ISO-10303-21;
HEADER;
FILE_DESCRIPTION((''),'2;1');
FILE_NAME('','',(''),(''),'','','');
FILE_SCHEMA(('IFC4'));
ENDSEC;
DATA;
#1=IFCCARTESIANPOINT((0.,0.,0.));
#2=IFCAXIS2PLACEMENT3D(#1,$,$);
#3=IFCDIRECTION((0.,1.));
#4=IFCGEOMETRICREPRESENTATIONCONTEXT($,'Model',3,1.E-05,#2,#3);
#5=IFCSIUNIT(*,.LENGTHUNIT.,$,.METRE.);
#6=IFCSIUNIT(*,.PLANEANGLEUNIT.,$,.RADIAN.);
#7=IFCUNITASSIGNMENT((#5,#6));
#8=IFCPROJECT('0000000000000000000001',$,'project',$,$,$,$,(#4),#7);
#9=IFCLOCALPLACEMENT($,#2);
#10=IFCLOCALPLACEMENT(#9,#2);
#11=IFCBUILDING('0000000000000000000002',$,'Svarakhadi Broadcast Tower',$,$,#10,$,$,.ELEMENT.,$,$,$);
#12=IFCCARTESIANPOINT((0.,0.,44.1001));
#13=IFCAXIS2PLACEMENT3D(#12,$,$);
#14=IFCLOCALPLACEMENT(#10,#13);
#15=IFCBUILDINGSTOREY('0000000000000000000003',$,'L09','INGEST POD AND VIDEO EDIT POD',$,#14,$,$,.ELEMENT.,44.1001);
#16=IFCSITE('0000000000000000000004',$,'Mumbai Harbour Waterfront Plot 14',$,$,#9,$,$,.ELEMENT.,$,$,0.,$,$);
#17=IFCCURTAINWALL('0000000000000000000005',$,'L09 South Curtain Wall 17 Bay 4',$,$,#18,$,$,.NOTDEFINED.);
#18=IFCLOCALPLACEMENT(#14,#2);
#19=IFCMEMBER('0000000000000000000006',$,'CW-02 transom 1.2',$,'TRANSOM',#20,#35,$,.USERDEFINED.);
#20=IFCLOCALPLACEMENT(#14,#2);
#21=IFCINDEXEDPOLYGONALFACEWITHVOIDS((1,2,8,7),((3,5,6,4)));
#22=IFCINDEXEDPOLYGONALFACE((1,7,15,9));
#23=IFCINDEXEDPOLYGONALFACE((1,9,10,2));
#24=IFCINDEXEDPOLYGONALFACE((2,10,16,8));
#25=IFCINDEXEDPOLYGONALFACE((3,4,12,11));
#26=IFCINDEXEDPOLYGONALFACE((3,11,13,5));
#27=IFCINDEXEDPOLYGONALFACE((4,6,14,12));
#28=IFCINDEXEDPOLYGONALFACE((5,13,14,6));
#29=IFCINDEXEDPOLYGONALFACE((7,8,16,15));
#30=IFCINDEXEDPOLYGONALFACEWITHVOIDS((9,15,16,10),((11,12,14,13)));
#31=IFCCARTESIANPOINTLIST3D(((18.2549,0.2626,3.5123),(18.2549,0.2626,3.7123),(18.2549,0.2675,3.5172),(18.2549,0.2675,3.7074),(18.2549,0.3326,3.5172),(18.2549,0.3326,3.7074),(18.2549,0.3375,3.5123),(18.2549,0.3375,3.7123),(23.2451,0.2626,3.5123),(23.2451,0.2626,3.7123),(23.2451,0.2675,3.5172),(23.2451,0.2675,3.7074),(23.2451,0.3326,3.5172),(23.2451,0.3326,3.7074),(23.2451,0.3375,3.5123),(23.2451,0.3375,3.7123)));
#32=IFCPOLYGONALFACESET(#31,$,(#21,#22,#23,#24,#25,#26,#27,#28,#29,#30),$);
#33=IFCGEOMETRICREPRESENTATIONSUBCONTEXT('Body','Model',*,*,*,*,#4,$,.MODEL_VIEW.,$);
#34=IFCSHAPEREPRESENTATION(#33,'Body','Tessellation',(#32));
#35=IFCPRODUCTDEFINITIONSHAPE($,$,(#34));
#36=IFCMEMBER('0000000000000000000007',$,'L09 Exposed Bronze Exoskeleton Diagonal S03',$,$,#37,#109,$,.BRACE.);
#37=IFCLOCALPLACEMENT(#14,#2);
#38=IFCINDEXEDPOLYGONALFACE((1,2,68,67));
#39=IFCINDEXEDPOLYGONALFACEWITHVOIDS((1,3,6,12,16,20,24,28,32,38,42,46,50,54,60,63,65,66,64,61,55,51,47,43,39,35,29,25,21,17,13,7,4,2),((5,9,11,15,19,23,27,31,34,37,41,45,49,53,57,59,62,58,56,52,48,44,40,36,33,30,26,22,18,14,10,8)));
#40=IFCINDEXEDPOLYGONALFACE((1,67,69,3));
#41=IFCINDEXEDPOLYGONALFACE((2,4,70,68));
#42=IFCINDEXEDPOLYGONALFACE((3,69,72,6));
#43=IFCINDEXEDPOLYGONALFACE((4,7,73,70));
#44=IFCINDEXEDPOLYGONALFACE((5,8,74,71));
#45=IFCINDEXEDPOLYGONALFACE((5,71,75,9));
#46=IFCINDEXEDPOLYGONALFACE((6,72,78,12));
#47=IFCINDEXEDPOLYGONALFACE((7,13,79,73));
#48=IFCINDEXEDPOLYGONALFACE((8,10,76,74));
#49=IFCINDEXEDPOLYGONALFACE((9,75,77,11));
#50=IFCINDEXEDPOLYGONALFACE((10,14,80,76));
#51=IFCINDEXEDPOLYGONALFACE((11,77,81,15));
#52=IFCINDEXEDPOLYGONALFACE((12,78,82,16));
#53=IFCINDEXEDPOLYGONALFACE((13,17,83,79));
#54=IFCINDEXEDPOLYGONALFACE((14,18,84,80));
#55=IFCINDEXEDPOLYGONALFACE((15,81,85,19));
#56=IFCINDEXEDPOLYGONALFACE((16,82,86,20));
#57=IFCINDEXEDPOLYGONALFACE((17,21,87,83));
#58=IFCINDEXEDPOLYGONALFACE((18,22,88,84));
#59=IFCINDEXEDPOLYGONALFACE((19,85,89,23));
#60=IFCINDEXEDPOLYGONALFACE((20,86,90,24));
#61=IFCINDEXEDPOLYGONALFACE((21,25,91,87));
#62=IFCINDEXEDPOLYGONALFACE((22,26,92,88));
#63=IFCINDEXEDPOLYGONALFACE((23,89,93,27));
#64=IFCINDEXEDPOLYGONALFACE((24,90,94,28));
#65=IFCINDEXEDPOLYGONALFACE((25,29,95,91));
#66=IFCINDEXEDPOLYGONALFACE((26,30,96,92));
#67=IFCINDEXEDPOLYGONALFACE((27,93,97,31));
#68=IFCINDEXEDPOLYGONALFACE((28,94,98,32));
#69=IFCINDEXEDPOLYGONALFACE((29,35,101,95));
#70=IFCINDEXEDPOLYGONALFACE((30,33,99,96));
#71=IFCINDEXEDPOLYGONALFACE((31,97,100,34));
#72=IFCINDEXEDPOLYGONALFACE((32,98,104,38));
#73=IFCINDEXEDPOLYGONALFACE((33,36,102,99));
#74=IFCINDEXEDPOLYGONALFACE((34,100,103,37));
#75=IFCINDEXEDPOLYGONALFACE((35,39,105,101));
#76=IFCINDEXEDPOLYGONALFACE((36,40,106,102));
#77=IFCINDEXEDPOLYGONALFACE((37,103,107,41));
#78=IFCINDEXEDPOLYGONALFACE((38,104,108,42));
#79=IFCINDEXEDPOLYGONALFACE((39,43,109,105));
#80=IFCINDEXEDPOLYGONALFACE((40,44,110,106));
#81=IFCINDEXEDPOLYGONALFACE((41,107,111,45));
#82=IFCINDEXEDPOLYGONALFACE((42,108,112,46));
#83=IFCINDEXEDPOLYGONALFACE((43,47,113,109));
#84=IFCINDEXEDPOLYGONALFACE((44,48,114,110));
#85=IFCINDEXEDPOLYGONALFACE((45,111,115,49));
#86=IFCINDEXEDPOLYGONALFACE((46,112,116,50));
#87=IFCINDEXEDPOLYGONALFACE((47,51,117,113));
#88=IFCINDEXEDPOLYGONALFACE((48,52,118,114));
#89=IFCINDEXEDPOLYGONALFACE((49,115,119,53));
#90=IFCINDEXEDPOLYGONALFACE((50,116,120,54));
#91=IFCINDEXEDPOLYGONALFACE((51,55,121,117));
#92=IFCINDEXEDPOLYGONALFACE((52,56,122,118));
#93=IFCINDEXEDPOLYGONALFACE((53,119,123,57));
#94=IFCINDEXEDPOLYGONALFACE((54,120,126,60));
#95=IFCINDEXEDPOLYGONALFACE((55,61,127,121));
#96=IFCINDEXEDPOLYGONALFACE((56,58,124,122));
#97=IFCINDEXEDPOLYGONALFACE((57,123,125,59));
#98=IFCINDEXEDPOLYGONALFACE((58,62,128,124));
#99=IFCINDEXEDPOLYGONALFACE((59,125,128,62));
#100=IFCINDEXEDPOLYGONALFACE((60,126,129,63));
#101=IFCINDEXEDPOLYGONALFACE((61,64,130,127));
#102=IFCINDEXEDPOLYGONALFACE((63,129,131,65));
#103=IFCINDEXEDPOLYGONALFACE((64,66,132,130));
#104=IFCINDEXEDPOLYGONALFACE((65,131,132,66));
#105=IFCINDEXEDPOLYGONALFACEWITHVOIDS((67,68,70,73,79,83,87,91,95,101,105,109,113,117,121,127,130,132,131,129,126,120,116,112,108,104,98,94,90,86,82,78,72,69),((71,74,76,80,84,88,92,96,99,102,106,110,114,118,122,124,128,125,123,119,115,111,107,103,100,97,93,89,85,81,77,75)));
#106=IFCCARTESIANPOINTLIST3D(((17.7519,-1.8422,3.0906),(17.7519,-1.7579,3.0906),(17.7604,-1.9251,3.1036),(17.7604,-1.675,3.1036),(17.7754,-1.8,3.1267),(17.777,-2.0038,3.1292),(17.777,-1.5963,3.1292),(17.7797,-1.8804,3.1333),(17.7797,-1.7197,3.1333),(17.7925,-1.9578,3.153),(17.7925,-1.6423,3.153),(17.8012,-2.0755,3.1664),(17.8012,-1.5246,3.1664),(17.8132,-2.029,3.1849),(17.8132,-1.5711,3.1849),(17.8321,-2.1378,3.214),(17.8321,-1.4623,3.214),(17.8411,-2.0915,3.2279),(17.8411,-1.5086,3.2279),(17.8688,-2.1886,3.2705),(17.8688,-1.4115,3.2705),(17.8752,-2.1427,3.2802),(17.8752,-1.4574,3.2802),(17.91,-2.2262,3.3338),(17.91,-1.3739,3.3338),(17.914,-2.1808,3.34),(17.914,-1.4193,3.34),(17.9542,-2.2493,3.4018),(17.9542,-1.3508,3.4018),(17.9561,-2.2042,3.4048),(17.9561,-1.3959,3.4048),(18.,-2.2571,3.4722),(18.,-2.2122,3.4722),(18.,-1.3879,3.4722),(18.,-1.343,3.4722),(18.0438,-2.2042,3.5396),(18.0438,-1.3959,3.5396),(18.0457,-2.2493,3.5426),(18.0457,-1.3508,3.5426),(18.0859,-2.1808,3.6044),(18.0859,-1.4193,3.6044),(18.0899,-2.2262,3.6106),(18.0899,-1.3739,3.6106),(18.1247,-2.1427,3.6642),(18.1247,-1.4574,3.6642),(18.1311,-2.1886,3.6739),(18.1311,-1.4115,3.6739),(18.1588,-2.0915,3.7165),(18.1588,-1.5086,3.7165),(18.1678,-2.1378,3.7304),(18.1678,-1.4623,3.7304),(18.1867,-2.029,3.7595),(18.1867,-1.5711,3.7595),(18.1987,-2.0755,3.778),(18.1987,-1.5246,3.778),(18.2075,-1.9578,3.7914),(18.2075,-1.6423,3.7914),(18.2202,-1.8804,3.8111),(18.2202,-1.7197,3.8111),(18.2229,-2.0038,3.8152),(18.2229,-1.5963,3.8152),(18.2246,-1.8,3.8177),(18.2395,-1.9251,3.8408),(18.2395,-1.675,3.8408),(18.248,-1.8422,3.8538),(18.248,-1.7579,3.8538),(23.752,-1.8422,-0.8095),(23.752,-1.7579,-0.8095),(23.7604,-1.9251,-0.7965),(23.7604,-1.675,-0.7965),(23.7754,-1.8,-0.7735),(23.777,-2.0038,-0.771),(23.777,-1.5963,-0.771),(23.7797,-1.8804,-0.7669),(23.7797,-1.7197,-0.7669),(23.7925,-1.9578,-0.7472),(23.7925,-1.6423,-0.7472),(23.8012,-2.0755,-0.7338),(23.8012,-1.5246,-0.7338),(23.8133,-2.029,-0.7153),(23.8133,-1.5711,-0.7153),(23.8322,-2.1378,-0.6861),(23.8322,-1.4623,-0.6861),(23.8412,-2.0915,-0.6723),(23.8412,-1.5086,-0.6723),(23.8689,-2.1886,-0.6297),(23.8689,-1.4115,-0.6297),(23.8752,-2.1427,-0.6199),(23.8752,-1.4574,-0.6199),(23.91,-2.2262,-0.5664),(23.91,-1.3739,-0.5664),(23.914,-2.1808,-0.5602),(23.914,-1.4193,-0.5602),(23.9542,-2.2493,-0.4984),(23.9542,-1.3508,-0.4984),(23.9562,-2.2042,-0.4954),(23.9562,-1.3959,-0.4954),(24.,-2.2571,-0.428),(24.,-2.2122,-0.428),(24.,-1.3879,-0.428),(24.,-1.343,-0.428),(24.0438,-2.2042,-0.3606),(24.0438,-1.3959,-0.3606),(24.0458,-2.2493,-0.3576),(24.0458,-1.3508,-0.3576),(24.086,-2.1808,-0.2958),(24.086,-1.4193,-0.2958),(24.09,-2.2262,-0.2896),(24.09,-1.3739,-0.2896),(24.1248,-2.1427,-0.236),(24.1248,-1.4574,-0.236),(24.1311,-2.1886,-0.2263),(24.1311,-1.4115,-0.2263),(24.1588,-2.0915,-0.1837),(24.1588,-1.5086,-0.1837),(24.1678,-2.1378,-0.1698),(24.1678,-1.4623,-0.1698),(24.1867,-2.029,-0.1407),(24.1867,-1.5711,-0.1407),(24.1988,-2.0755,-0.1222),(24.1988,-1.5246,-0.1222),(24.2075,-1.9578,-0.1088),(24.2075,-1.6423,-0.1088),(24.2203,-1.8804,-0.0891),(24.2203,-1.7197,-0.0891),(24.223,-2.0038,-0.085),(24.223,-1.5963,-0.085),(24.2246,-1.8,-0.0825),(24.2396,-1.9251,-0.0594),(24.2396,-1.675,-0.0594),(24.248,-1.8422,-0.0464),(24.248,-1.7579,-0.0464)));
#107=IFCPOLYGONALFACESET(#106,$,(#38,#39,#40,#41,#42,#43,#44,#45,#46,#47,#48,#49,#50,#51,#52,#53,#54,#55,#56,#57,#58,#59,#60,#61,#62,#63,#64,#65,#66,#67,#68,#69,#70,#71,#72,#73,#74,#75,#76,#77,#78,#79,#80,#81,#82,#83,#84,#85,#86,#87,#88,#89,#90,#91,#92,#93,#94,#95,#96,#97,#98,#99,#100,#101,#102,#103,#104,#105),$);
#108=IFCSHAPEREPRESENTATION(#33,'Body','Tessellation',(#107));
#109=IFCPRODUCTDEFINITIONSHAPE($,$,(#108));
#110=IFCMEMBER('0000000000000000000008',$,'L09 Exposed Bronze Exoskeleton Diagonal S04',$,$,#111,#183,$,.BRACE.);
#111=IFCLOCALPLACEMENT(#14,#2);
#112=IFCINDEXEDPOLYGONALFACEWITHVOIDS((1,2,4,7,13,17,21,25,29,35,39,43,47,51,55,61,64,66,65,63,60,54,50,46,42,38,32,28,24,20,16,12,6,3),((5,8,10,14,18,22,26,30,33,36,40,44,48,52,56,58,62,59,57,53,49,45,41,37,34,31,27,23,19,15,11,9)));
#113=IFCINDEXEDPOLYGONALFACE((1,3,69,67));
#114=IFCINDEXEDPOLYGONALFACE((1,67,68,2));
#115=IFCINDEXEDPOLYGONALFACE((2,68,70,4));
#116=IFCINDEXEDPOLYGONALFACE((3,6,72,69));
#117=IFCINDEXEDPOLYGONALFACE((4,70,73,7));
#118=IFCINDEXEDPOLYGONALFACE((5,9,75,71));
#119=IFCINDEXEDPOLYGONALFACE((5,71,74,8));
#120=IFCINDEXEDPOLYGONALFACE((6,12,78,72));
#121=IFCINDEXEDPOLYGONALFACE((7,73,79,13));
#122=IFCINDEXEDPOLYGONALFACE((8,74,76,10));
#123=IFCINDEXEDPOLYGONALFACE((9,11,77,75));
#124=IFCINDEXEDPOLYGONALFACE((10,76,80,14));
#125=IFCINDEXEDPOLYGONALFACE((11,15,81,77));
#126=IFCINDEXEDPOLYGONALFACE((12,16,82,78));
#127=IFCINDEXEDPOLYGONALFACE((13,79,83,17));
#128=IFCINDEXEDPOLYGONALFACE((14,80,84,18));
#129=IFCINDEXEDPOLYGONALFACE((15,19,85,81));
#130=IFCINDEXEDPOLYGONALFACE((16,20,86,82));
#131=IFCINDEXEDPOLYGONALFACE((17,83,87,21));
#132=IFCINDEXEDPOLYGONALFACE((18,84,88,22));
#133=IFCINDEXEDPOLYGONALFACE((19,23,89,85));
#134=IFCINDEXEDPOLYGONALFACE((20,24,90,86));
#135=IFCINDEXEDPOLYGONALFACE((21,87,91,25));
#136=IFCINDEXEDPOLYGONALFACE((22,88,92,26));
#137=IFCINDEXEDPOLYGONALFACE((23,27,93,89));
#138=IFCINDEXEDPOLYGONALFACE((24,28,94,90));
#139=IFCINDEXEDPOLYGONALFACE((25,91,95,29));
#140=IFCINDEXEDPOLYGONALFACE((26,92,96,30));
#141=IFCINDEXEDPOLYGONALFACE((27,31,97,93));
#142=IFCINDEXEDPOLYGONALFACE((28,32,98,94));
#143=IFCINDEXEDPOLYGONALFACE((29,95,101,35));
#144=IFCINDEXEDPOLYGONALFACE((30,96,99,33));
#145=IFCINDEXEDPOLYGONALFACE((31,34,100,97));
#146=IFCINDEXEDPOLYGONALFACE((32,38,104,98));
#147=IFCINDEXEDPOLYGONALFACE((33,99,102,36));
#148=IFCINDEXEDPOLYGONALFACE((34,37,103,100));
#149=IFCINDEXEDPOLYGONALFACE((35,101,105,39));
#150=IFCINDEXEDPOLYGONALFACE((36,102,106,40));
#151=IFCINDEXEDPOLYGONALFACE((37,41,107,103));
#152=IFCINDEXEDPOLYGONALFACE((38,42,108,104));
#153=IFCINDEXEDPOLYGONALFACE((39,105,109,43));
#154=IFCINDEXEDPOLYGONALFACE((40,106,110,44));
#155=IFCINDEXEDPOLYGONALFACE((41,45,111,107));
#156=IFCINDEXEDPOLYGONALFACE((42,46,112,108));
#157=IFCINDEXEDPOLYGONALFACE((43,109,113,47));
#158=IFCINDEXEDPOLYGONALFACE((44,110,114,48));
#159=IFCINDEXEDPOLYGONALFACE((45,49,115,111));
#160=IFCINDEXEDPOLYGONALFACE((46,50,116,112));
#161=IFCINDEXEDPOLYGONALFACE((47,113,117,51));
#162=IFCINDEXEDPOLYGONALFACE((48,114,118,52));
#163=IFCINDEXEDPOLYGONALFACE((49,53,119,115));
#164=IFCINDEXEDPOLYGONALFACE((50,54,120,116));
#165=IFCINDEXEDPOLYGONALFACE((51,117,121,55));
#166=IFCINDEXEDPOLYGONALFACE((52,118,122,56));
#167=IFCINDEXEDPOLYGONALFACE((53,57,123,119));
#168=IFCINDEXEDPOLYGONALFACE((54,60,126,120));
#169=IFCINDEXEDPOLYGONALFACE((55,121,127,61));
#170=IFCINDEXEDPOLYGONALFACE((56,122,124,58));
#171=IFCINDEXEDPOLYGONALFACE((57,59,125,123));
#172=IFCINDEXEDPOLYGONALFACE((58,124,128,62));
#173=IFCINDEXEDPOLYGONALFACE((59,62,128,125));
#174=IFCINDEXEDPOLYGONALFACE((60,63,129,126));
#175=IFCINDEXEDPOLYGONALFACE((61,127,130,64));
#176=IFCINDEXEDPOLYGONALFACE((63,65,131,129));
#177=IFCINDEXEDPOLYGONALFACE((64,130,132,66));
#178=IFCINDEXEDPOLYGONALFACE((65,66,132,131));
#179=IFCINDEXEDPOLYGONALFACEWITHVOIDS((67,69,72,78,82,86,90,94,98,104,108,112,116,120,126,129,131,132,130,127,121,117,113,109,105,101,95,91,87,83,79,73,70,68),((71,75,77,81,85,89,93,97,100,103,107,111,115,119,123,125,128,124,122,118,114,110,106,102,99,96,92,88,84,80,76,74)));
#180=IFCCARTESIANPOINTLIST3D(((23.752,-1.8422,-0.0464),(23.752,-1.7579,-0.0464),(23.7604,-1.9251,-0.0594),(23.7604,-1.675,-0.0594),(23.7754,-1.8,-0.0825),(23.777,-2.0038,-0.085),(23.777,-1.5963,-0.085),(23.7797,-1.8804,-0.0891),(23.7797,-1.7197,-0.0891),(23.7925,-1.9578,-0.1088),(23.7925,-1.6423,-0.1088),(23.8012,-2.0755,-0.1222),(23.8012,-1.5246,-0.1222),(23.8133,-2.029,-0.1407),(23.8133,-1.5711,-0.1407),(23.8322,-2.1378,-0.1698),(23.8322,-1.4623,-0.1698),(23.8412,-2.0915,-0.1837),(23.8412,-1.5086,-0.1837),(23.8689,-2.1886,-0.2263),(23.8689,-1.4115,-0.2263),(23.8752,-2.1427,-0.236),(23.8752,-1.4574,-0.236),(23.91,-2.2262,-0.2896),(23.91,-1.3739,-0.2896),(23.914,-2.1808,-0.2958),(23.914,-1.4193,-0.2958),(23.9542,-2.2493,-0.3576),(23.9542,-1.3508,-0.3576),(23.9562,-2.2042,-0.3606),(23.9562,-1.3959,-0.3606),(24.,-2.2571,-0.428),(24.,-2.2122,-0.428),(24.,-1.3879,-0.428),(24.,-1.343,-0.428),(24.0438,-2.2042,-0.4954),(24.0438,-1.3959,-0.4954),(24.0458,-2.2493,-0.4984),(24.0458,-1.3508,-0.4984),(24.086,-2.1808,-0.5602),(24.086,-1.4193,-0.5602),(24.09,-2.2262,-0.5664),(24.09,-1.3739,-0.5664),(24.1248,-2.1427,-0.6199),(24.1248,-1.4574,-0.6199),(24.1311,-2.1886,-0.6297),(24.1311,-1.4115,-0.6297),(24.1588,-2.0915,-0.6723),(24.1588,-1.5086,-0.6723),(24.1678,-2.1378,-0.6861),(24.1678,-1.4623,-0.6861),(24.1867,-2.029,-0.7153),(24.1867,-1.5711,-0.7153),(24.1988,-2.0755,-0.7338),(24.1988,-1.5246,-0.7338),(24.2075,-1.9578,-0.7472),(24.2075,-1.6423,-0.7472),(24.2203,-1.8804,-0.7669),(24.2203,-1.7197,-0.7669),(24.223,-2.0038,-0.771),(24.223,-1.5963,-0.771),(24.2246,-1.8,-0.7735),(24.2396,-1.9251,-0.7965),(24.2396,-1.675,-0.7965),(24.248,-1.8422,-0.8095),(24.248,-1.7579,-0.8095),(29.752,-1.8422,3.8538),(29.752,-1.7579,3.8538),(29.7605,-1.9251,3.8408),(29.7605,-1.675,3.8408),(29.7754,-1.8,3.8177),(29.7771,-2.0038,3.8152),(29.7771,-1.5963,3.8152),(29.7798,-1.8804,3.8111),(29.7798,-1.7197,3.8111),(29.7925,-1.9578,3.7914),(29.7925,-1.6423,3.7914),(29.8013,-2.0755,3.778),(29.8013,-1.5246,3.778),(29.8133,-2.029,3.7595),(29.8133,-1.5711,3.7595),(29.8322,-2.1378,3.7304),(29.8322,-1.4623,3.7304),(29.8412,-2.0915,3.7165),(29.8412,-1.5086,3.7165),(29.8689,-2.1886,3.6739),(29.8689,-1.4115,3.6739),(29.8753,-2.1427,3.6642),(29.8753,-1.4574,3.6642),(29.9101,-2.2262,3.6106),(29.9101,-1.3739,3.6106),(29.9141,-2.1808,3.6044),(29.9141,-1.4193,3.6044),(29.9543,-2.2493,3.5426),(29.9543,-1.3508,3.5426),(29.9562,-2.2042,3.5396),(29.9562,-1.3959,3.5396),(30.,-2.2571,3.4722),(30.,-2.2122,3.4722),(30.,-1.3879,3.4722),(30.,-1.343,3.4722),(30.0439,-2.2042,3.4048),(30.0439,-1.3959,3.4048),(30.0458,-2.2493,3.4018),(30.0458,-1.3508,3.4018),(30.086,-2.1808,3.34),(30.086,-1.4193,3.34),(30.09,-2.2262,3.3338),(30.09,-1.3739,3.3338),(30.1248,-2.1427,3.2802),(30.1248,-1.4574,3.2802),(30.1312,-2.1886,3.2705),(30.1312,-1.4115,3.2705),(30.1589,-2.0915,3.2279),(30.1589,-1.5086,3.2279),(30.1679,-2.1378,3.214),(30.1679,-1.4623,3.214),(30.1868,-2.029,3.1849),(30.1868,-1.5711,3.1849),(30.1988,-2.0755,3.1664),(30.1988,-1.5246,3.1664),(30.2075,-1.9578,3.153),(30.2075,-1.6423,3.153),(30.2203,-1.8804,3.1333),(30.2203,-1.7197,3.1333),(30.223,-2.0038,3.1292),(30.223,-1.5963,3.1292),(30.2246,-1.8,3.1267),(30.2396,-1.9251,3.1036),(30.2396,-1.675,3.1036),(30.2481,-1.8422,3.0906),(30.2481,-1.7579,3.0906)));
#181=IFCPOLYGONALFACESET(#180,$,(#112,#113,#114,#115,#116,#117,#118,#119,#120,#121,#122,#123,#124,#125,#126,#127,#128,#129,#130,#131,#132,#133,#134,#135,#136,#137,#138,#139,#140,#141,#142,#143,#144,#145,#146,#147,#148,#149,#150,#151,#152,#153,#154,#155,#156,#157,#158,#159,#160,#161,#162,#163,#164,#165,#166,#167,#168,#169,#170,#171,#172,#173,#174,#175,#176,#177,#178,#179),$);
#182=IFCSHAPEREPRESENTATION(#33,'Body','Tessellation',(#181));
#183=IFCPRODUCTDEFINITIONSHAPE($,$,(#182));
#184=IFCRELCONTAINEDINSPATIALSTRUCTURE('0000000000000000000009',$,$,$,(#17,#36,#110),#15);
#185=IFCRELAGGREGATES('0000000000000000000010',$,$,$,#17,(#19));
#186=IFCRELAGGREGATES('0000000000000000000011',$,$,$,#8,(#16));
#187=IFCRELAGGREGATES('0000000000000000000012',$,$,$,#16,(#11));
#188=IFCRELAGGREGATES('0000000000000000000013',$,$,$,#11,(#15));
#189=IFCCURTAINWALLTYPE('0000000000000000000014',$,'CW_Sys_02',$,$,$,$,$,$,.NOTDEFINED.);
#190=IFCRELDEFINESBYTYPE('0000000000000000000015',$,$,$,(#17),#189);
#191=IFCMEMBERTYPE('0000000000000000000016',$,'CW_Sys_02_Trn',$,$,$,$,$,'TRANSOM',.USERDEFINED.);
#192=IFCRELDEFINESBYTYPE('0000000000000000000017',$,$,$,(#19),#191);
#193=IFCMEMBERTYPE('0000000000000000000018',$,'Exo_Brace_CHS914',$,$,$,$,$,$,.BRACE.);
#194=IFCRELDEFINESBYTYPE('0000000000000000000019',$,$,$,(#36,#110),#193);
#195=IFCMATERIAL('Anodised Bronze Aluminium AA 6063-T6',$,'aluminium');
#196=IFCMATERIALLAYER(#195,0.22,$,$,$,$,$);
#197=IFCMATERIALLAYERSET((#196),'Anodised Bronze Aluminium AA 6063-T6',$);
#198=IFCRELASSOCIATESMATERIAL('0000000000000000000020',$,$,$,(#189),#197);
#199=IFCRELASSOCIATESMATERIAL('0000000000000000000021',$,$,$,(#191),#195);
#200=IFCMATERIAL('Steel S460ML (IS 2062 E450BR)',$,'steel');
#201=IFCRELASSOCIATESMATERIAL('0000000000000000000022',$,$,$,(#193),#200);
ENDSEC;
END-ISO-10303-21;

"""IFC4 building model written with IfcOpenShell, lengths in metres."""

from ifc_helpers import new_model, si_unit, direction, frame, origin, origin_2d, place, context, subcontext, project, spatial, hollow_rectangle, hollow_circle, extrude, material, layer, layer_set, material_profile, profile_set, type_object, element, aggregate, save


model = new_model("IFC4")

# Units and contexts
model_context = context("Model", 3, precision=1e-05, world=origin(), true_north=direction((0.0, 1.0)))
body_context = subcontext(model_context, "Body", "Model", "MODEL_VIEW")
ifc_project = project(units=[si_unit("LENGTHUNIT", "METRE"), si_unit("PLANEANGLEUNIT", "RADIAN")], contexts=[model_context])

# Site, building, storey
site_placement = place(None, origin())
site = spatial("IfcSite", under=ifc_project, at=site_placement, Name="Mumbai Harbour Waterfront Plot 14", CompositionType="ELEMENT", RefElevation=0.0)
building_placement = place(site_placement, origin())
building = spatial("IfcBuilding", under=site, at=building_placement, Name="Svarakhadi Broadcast Tower", CompositionType="ELEMENT")
storey_placement = place(building_placement, frame((0.0, 0.0, 44.1001)))
storey = spatial("IfcBuildingStorey", under=building, at=storey_placement, Name="L09", Description="INGEST POD AND VIDEO EDIT POD", CompositionType="ELEMENT", Elevation=44.1001)

# Shared definitions
ifc_material_1 = material(Name="Anodised Bronze Aluminium AA 6063-T6", Category="aluminium")
ifc_layer_1 = layer(ifc_material_1, 0.22)
ifc_layer_set_1 = layer_set([ifc_layer_1], Name="Anodised Bronze Aluminium AA 6063-T6")
curtain_wall_type = type_object("IfcCurtainWallType", Name="CW_Sys_02", PredefinedType="NOTDEFINED", material=ifc_layer_set_1)

# Curtain wall, member
curtain_wall_1_placement = place(storey_placement, origin())
curtain_wall_1 = element("IfcCurtainWall", 1, at=curtain_wall_1_placement, inside=storey, type_object=curtain_wall_type, Name="L09 South Curtain Wall 17 Bay 4", PredefinedType="NOTDEFINED")
ifc_material_profile_1 = material_profile(ifc_material_1, hollow_rectangle(XDim=0.075, YDim=0.2, WallThickness=0.0049, at=origin_2d()), Name="ALU TRANSOM 200x75x5")
ifc_profile_set_1 = profile_set([ifc_material_profile_1], Name="Anodised Bronze Aluminium AA 6063-T6")
member_type_1 = type_object("IfcMemberType", Name="CW_Sys_02_Trn", ElementType="TRANSOM", PredefinedType="USERDEFINED", material=ifc_profile_set_1)
member_1_placement = place(storey_placement, frame((23.2451, 0.3, 3.6123), z_axis=(-1.0, 0.0, 0.0), x_axis=(0.0, -1.0, 0.0)))
member_1 = element("IfcMember", 2, at=member_1_placement, type_object=member_type_1, Name="CW-02 transom 1.2", ObjectType="TRANSOM", PredefinedType="USERDEFINED", context=body_context, shape_type="SweptSolid", body=[
    extrude(hollow_rectangle(XDim=0.075, YDim=0.2, WallThickness=0.0049, at=origin_2d()), origin(), (0.0, 0.0, 1.0), 4.9902),
])

# Members
ifc_material_2 = material(Name="Steel S460ML (IS 2062 E450BR)", Category="steel")
ifc_material_profile_2 = material_profile(ifc_material_2, hollow_circle(Radius=0.457, WallThickness=0.0449, at=origin_2d()), Name="CHS 914x45")
ifc_profile_set_2 = profile_set([ifc_material_profile_2], Name="Steel S460ML (IS 2062 E450BR)")
member_type_2 = type_object("IfcMemberType", Name="Exo_Brace_CHS914", PredefinedType="BRACE", material=ifc_profile_set_2)
for number, where, z_axis, x_axis, name in (
    (3, (24.0, -1.8, -0.428), (-0.838434, 0.0, 0.545003), (0.0, -1.0, 0.0), "L09 Exposed Bronze Exoskeleton Diagonal S03"),
    (4, (24.0, -1.8, -0.428), (0.838434, 0.0, 0.545003), (0.0, 1.0, 0.0), "L09 Exposed Bronze Exoskeleton Diagonal S04"),
):
    element("IfcMember", number, at=place(storey_placement, frame(where, z_axis=z_axis, x_axis=x_axis)), inside=storey, type_object=member_type_2, Name=name, PredefinedType="BRACE", context=body_context, shape_type="SweptSolid", body=[
        extrude(hollow_circle(Radius=0.457, WallThickness=0.0449, at=origin_2d()), origin(), (0.0, 0.0, 1.0), 7.1562),
    ])

aggregate(curtain_wall_1, [member_1])

save(model, "model.ifc")
